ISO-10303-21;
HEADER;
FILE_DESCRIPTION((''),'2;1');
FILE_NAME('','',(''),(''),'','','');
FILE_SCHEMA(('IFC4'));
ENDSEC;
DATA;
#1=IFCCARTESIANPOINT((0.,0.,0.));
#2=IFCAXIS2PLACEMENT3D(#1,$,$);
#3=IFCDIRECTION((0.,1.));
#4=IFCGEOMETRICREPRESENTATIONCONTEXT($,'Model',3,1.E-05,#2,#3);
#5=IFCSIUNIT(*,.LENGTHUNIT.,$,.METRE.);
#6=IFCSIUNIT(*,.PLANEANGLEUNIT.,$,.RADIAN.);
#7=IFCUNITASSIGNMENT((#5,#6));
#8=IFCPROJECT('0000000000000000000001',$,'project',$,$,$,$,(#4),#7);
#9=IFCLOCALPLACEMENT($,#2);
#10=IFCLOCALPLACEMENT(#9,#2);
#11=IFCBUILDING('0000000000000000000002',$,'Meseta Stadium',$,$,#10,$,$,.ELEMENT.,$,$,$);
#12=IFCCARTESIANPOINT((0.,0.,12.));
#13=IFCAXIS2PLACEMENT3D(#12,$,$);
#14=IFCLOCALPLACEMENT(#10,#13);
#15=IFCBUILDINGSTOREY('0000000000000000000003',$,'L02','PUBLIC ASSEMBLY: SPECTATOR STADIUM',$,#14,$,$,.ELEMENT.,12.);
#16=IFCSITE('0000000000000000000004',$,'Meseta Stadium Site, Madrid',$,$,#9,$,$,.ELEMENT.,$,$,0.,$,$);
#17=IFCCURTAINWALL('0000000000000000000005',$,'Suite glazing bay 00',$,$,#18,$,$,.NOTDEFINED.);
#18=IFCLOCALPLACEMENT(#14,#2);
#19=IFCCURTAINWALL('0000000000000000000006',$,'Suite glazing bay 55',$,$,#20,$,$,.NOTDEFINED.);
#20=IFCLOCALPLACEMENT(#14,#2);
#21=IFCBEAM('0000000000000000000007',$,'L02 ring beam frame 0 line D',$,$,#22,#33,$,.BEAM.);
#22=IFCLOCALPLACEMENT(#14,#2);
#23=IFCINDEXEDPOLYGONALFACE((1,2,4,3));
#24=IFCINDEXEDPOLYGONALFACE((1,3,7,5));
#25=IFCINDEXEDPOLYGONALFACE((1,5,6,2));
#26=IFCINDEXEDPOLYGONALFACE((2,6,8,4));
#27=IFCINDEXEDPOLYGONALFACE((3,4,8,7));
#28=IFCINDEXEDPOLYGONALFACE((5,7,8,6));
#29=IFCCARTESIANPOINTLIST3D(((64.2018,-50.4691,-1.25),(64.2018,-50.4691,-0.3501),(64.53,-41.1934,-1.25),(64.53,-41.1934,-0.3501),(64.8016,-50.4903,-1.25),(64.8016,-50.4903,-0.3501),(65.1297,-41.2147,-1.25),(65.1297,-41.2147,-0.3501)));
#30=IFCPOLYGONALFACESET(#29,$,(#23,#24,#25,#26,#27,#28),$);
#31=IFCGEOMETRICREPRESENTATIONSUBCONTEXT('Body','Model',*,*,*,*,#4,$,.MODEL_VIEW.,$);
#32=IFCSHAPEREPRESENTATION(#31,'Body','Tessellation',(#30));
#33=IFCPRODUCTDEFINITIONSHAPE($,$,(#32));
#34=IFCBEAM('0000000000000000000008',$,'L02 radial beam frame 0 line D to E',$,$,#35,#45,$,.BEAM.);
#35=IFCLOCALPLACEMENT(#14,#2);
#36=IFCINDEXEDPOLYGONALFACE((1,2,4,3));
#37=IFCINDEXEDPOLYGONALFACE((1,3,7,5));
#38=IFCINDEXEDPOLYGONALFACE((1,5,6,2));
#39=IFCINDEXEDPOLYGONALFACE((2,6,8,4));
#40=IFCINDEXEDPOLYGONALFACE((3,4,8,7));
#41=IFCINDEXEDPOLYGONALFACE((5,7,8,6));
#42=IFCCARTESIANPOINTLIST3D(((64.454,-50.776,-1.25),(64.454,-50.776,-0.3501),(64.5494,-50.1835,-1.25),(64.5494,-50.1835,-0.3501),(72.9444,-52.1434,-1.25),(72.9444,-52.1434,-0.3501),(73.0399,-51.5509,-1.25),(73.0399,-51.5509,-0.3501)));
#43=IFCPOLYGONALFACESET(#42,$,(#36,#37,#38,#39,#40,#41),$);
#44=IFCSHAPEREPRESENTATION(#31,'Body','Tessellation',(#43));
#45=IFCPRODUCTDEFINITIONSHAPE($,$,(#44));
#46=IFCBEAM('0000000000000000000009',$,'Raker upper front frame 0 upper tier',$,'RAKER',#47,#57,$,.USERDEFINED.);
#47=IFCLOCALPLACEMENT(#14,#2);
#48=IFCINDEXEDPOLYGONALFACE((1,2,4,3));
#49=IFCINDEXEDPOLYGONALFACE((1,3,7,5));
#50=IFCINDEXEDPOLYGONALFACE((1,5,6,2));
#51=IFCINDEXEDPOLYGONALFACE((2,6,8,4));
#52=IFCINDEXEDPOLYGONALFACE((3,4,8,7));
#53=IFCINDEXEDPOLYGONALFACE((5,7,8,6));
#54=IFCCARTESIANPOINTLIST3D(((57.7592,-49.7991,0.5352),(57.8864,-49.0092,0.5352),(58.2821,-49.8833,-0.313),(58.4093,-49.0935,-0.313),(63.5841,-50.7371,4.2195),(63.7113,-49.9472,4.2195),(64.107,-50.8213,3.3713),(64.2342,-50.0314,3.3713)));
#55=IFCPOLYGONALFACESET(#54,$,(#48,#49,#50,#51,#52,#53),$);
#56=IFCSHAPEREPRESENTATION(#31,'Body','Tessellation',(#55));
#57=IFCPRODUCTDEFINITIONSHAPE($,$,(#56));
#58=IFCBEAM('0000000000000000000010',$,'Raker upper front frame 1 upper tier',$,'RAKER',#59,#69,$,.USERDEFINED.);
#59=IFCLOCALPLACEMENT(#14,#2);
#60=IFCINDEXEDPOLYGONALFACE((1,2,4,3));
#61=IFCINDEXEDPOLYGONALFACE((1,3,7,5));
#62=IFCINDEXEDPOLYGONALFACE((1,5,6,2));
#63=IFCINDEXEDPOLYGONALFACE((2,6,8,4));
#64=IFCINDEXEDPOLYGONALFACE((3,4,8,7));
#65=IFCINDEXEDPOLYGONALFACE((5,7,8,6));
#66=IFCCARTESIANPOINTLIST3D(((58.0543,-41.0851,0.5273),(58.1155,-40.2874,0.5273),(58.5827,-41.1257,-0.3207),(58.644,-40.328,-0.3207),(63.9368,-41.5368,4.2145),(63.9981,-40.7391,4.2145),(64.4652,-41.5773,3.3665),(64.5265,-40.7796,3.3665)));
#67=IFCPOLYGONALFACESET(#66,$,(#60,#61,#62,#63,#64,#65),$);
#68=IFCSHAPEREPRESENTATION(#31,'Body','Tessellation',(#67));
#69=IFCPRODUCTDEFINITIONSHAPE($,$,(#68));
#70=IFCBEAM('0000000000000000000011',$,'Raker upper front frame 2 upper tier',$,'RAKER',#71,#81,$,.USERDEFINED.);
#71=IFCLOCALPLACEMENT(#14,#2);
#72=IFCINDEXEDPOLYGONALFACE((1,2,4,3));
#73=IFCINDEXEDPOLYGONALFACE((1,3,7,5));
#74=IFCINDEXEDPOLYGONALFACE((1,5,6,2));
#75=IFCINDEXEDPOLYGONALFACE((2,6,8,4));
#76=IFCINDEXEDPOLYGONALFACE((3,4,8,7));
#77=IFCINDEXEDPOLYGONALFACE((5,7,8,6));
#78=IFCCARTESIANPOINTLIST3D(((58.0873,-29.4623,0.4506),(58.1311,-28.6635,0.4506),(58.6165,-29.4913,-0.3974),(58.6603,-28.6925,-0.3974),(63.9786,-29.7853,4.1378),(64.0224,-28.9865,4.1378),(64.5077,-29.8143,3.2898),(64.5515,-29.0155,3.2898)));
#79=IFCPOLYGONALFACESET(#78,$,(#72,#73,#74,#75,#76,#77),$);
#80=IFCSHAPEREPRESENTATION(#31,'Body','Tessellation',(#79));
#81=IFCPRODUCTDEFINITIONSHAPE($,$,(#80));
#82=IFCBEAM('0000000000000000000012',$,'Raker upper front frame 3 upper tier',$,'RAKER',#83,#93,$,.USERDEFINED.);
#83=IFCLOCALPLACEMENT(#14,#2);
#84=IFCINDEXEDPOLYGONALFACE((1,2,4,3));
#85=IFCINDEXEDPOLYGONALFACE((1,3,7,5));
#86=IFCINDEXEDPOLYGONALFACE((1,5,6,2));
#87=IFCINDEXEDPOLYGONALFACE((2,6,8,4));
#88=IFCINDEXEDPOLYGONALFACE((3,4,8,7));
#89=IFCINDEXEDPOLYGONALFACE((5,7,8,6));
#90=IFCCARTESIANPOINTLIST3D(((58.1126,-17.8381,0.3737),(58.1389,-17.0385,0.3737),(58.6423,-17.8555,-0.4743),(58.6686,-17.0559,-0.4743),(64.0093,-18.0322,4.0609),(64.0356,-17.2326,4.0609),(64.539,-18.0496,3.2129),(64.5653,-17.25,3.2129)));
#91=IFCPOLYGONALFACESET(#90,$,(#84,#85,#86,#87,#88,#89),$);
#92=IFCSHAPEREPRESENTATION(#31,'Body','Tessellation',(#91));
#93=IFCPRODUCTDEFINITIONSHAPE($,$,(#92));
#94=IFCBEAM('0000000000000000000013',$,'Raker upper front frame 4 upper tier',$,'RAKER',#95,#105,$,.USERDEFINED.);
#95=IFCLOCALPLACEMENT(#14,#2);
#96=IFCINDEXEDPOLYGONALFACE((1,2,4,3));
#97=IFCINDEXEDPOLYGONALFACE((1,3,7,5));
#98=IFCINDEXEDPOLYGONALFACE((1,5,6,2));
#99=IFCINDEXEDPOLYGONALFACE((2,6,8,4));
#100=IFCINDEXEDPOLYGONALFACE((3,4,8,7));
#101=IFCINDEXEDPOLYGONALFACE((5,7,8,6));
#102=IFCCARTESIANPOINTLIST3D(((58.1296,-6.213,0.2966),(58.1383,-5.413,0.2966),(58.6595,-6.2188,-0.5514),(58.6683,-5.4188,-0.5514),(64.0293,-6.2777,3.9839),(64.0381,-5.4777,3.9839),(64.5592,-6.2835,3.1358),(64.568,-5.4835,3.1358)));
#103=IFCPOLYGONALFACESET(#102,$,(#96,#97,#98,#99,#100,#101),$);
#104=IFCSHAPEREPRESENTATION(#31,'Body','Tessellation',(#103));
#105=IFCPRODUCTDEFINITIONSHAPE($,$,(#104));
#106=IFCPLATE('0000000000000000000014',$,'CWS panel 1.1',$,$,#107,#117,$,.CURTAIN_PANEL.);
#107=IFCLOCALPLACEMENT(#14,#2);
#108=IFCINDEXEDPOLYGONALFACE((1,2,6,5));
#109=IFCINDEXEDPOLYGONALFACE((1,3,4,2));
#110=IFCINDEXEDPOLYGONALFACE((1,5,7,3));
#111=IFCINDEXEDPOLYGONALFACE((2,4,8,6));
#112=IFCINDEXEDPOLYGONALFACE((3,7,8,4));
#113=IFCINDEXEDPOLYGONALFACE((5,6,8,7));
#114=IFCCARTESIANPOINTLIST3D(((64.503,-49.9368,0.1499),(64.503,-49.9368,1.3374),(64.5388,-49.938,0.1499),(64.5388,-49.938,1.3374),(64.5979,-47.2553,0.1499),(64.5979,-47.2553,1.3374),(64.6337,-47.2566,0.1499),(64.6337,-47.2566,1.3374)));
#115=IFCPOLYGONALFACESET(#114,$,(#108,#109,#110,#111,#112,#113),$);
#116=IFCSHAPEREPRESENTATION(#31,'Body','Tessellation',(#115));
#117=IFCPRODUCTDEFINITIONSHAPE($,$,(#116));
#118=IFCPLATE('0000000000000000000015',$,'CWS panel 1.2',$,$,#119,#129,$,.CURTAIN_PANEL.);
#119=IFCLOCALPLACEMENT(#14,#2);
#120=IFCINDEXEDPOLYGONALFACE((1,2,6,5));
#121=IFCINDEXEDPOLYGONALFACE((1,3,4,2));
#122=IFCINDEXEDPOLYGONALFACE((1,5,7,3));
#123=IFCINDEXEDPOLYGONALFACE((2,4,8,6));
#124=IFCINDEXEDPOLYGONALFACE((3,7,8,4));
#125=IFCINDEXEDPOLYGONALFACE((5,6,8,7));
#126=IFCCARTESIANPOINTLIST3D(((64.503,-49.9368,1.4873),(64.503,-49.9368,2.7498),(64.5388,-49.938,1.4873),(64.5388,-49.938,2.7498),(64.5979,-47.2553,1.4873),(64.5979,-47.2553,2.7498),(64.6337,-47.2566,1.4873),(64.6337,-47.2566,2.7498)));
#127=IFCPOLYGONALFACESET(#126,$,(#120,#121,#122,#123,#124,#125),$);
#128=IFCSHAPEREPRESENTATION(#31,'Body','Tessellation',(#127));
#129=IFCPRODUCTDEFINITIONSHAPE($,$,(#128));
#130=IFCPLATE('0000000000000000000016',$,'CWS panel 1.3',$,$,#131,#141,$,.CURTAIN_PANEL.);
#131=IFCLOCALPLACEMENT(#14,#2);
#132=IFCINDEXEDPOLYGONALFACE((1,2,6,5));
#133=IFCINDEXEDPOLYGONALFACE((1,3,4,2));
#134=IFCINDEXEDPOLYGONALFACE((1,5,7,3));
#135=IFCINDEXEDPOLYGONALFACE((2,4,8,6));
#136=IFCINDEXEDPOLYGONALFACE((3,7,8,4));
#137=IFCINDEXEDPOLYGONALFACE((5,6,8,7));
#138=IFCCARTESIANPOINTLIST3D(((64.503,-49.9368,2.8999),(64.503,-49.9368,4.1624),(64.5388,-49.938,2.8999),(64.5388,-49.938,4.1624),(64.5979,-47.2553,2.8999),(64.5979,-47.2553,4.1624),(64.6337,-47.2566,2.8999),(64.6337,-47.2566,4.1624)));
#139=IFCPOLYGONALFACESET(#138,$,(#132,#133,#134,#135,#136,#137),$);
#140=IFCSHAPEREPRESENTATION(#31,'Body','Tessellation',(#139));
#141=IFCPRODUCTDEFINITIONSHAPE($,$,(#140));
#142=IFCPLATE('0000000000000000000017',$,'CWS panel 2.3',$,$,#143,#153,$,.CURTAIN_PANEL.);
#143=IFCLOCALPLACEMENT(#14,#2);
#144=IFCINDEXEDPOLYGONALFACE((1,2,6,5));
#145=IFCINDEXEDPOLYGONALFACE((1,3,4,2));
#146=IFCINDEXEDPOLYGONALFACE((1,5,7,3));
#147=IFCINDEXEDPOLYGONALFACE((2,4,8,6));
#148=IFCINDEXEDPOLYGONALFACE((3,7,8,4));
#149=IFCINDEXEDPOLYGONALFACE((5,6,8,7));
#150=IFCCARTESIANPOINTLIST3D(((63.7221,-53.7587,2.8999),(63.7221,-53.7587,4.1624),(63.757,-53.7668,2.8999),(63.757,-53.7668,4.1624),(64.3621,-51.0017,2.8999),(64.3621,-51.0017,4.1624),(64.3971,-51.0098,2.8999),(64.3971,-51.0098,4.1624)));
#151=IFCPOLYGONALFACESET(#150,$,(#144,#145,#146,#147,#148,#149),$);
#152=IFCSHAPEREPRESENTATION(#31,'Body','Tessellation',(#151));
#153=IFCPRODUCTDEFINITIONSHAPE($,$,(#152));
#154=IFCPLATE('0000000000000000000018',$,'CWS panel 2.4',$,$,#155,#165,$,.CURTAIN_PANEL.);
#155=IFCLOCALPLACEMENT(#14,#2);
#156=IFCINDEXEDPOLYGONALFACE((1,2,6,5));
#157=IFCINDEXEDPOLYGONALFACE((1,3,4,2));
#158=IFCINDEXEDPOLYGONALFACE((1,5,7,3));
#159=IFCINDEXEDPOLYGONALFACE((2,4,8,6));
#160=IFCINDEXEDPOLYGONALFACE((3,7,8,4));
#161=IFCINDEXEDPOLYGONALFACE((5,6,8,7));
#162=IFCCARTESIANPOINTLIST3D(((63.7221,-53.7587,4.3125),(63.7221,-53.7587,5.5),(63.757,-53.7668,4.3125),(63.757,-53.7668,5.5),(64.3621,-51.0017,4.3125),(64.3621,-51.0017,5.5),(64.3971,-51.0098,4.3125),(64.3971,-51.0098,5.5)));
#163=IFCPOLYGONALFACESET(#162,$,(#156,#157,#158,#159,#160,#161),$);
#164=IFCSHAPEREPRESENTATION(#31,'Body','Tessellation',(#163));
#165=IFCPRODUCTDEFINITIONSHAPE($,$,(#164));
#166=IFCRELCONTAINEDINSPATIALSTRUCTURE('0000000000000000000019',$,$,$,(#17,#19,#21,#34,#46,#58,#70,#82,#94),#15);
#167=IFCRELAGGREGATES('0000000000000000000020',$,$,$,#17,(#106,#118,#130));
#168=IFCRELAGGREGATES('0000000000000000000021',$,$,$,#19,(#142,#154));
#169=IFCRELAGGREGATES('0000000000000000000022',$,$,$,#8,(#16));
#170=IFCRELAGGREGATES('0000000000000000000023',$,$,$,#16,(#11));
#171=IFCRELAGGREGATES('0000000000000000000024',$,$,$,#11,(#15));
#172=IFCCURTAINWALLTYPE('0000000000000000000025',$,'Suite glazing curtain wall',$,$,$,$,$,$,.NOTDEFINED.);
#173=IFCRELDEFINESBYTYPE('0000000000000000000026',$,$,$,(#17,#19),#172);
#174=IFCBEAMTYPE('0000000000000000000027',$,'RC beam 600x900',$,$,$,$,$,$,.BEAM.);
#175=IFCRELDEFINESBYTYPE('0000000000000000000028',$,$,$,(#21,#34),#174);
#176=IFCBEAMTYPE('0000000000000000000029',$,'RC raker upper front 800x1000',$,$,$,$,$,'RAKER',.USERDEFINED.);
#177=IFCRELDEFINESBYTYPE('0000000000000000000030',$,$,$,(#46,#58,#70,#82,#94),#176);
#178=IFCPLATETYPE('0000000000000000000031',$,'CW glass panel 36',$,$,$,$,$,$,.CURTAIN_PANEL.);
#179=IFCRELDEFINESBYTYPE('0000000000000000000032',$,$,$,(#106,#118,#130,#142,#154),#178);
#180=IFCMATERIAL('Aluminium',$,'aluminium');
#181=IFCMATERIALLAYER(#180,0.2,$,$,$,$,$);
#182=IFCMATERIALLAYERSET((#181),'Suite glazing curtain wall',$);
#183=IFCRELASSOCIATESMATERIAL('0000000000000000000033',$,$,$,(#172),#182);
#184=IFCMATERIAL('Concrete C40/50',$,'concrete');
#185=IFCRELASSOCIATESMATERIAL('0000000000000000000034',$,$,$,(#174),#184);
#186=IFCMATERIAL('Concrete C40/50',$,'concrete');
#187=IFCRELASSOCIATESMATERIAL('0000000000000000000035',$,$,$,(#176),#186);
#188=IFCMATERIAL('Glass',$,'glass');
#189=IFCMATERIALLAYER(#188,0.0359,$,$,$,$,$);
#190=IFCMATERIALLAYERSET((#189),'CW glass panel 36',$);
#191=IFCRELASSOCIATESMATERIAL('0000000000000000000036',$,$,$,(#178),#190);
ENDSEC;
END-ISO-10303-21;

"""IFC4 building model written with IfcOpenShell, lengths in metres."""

from ifc_helpers import new_model, si_unit, direction, frame, origin, origin_2d, place, context, subcontext, project, spatial, rectangle, extrude, material, layer, layer_set, material_profile, profile_set, type_object, element, aggregate, save


model = new_model("IFC4")

# Units and contexts
model_context = context("Model", 3, precision=1e-05, world=origin(), true_north=direction((0.0, 1.0)))
body_context = subcontext(model_context, "Body", "Model", "MODEL_VIEW")
ifc_project = project(units=[si_unit("LENGTHUNIT", "METRE"), si_unit("PLANEANGLEUNIT", "RADIAN")], contexts=[model_context])

# Site, building, storey
site_placement = place(None, origin())
site = spatial("IfcSite", under=ifc_project, at=site_placement, Name="Meseta Stadium Site, Madrid", CompositionType="ELEMENT", RefElevation=0.0)
building_placement = place(site_placement, origin())
building = spatial("IfcBuilding", under=site, at=building_placement, Name="Meseta Stadium", CompositionType="ELEMENT")
storey_placement = place(building_placement, frame((0.0, 0.0, 12.0)))
storey = spatial("IfcBuildingStorey", under=building, at=storey_placement, Name="L02", Description="PUBLIC ASSEMBLY: SPECTATOR STADIUM", CompositionType="ELEMENT", Elevation=12.0)

# Curtain walls
ifc_material_1 = material(Name="Aluminium", Category="aluminium")
ifc_layer_1 = layer(ifc_material_1, 0.2)
ifc_layer_set_1 = layer_set([ifc_layer_1], Name="Suite glazing curtain wall")
curtain_wall_type = type_object("IfcCurtainWallType", Name="Suite glazing curtain wall", PredefinedType="NOTDEFINED", material=ifc_layer_set_1)
curtain_wall_1_placement = place(storey_placement, origin())
curtain_wall_1 = element("IfcCurtainWall", 1, at=curtain_wall_1_placement, inside=storey, type_object=curtain_wall_type, Name="Suite glazing bay 00", PredefinedType="NOTDEFINED")
curtain_wall_2_placement = place(storey_placement, origin())
curtain_wall_2 = element("IfcCurtainWall", 2, at=curtain_wall_2_placement, inside=storey, type_object=curtain_wall_type, Name="Suite glazing bay 55", PredefinedType="NOTDEFINED")

# Beams
ifc_material_2 = material(Name="Concrete C40/50", Category="concrete")
ifc_material_profile_1 = material_profile(ifc_material_2, rectangle(XDim=0.6001, YDim=0.8999, at=origin_2d()), Name="RC 600x900")
ifc_profile_set_1 = profile_set([ifc_material_profile_1], Name="Concrete C40/50")
beam_type_1 = type_object("IfcBeamType", Name="RC beam 600x900", PredefinedType="BEAM", material=ifc_profile_set_1)
beam_1_placement = place(storey_placement, frame((64.5017, -50.4797, -0.8), z_axis=(0.035353, 0.999375, 0.0), x_axis=(-0.999375, 0.035353, 0.0)))
element("IfcBeam", 3, at=beam_1_placement, inside=storey, type_object=beam_type_1, Name="L02 ring beam frame 0 line D", PredefinedType="BEAM", context=body_context, shape_type="SweptSolid", body=[
    extrude(rectangle(XDim=0.6001, YDim=0.8999, at=origin_2d()), origin(), (0.0, 0.0, 1.0), 9.2815),
])
beam_2_placement = place(storey_placement, frame((64.5017, -50.4797, -0.8), z_axis=(0.987278, -0.159006, 0.0), x_axis=(0.159006, 0.987278, 0.0)))
element("IfcBeam", 4, at=beam_2_placement, inside=storey, type_object=beam_type_1, Name="L02 radial beam frame 0 line D to E", PredefinedType="BEAM", context=body_context, shape_type="SweptSolid", body=[
    extrude(rectangle(XDim=0.6001, YDim=0.8999, at=origin_2d()), origin(), (0.0, 0.0, 1.0), 8.5999),
])
ifc_material_3 = material(Name="Concrete C40/50", Category="concrete")
ifc_material_profile_2 = material_profile(ifc_material_3, rectangle(XDim=0.8, YDim=1.0, at=origin_2d()), Name="RC 800x1000")
ifc_profile_set_2 = profile_set([ifc_material_profile_2], Name="Concrete C40/50")
beam_type_2 = type_object("IfcBeamType", Name="RC raker upper front 800x1000", ElementType="RAKER", PredefinedType="USERDEFINED", material=ifc_profile_set_2)
beam_3_placement = place(storey_placement, frame((58.0842, -49.4463, 0.1111), z_axis=(0.837415, -0.134848, 0.529671), x_axis=(0.158981, 0.987282, 0.0)))
element("IfcBeam", 5, at=beam_3_placement, inside=storey, type_object=beam_type_2, Name="Raker upper front frame 0 upper tier", ObjectType="RAKER", PredefinedType="USERDEFINED", context=body_context, shape_type="SweptSolid", body=[
    extrude(rectangle(XDim=0.8, YDim=1.0, at=origin_2d()), origin(), (0.0, 0.0, 1.0), 6.9558),
])
beam_4_placement = place(storey_placement, frame((58.3491, -40.7065, 0.1033), z_axis=(0.845521, -0.064919, 0.529981), x_axis=(0.076554, 0.997065, 0.0)))
element("IfcBeam", 6, at=beam_4_placement, inside=storey, type_object=beam_type_2, Name="Raker upper front frame 1 upper tier", ObjectType="RAKER", PredefinedType="USERDEFINED", context=body_context, shape_type="SweptSolid", body=[
    extrude(rectangle(XDim=0.8, YDim=1.0, at=origin_2d()), origin(), (0.0, 0.0, 1.0), 6.9573),
])
beam_5_placement = place(storey_placement, frame((58.3738, -29.0774, 0.0266), z_axis=(0.846751, -0.046424, 0.52996), x_axis=(0.054744, 0.9985, 0.0)))
element("IfcBeam", 7, at=beam_5_placement, inside=storey, type_object=beam_type_2, Name="Raker upper front frame 2 upper tier", ObjectType="RAKER", PredefinedType="USERDEFINED", context=body_context, shape_type="SweptSolid", body=[
    extrude(rectangle(XDim=0.8, YDim=1.0, at=origin_2d()), origin(), (0.0, 0.0, 1.0), 6.9575),
])
beam_6_placement = place(storey_placement, frame((58.3906, -17.447, -0.0503), z_axis=(0.847552, -0.027897, 0.529979), x_axis=(0.032897, 0.999459, 0.0)))
element("IfcBeam", 8, at=beam_6_placement, inside=storey, type_object=beam_type_2, Name="Raker upper front frame 3 upper tier", ObjectType="RAKER", PredefinedType="USERDEFINED", context=body_context, shape_type="SweptSolid", body=[
    extrude(rectangle(XDim=0.8, YDim=1.0, at=origin_2d()), origin(), (0.0, 0.0, 1.0), 6.9573),
])
beam_7_placement = place(storey_placement, frame((58.3989, -5.8159, -0.1274), z_axis=(0.847964, -0.009299, 0.529973), x_axis=(0.010966, 0.99994, 0.0)))
element("IfcBeam", 9, at=beam_7_placement, inside=storey, type_object=beam_type_2, Name="Raker upper front frame 4 upper tier", ObjectType="RAKER", PredefinedType="USERDEFINED", context=body_context, shape_type="SweptSolid", body=[
    extrude(rectangle(XDim=0.8, YDim=1.0, at=origin_2d()), origin(), (0.0, 0.0, 1.0), 6.9575),
])

# Plates
ifc_material_4 = material(Name="Glass", Category="glass")
ifc_layer_2 = layer(ifc_material_4, 0.0359)
ifc_layer_set_2 = layer_set([ifc_layer_2], Name="CW glass panel 36")
plate_type = type_object("IfcPlateType", Name="CW glass panel 36", PredefinedType="CURTAIN_PANEL", material=ifc_layer_set_2)
plate_1_placement = place(storey_placement, frame((64.5684, -48.5967, 0.1499), z_axis=(0.0, 0.0, 1.0), x_axis=(0.035371, 0.999374, 0.0)))
plate_1 = element("IfcPlate", 10, at=plate_1_placement, type_object=plate_type, Name="CWS panel 1.1", PredefinedType="CURTAIN_PANEL", context=body_context, shape_type="SweptSolid", body=[
    extrude(rectangle(XDim=2.6831, YDim=0.0359, at=origin_2d()), origin(), (0.0, 0.0, 1.0), 1.1875),
])
plate_2_placement = place(storey_placement, frame((64.5684, -48.5967, 1.4873), z_axis=(0.0, 0.0, 1.0), x_axis=(0.035371, 0.999374, 0.0)))
plate_2 = element("IfcPlate", 11, at=plate_2_placement, type_object=plate_type, Name="CWS panel 1.2", PredefinedType="CURTAIN_PANEL", context=body_context, shape_type="SweptSolid", body=[
    extrude(rectangle(XDim=2.6831, YDim=0.0359, at=origin_2d()), origin(), (0.0, 0.0, 1.0), 1.2625),
])
plate_3_placement = place(storey_placement, frame((64.5684, -48.5967, 2.8999), z_axis=(0.0, 0.0, 1.0), x_axis=(0.035371, 0.999374, 0.0)))
plate_3 = element("IfcPlate", 12, at=plate_3_placement, type_object=plate_type, Name="CWS panel 1.3", PredefinedType="CURTAIN_PANEL", context=body_context, shape_type="SweptSolid", body=[
    extrude(rectangle(XDim=2.6831, YDim=0.0359, at=origin_2d()), origin(), (0.0, 0.0, 1.0), 1.2625),
])
aggregate(curtain_wall_1, [plate_1, plate_2, plate_3])
plate_4_placement = place(storey_placement, frame((64.0596, -52.3843, 2.8999), z_axis=(0.0, 0.0, 1.0), x_axis=(0.226148, 0.974093, 0.0)))
plate_4 = element("IfcPlate", 13, at=plate_4_placement, type_object=plate_type, Name="CWS panel 2.3", PredefinedType="CURTAIN_PANEL", context=body_context, shape_type="SweptSolid", body=[
    extrude(rectangle(XDim=2.8303, YDim=0.0359, at=origin_2d()), origin(), (0.0, 0.0, 1.0), 1.2625),
])
plate_5_placement = place(storey_placement, frame((64.0596, -52.3843, 4.3125), z_axis=(0.0, 0.0, 1.0), x_axis=(0.226148, 0.974093, 0.0)))
plate_5 = element("IfcPlate", 14, at=plate_5_placement, type_object=plate_type, Name="CWS panel 2.4", PredefinedType="CURTAIN_PANEL", context=body_context, shape_type="SweptSolid", body=[
    extrude(rectangle(XDim=2.8303, YDim=0.0359, at=origin_2d()), origin(), (0.0, 0.0, 1.0), 1.1875),
])
aggregate(curtain_wall_2, [plate_4, plate_5])

save(model, "model.ifc")
